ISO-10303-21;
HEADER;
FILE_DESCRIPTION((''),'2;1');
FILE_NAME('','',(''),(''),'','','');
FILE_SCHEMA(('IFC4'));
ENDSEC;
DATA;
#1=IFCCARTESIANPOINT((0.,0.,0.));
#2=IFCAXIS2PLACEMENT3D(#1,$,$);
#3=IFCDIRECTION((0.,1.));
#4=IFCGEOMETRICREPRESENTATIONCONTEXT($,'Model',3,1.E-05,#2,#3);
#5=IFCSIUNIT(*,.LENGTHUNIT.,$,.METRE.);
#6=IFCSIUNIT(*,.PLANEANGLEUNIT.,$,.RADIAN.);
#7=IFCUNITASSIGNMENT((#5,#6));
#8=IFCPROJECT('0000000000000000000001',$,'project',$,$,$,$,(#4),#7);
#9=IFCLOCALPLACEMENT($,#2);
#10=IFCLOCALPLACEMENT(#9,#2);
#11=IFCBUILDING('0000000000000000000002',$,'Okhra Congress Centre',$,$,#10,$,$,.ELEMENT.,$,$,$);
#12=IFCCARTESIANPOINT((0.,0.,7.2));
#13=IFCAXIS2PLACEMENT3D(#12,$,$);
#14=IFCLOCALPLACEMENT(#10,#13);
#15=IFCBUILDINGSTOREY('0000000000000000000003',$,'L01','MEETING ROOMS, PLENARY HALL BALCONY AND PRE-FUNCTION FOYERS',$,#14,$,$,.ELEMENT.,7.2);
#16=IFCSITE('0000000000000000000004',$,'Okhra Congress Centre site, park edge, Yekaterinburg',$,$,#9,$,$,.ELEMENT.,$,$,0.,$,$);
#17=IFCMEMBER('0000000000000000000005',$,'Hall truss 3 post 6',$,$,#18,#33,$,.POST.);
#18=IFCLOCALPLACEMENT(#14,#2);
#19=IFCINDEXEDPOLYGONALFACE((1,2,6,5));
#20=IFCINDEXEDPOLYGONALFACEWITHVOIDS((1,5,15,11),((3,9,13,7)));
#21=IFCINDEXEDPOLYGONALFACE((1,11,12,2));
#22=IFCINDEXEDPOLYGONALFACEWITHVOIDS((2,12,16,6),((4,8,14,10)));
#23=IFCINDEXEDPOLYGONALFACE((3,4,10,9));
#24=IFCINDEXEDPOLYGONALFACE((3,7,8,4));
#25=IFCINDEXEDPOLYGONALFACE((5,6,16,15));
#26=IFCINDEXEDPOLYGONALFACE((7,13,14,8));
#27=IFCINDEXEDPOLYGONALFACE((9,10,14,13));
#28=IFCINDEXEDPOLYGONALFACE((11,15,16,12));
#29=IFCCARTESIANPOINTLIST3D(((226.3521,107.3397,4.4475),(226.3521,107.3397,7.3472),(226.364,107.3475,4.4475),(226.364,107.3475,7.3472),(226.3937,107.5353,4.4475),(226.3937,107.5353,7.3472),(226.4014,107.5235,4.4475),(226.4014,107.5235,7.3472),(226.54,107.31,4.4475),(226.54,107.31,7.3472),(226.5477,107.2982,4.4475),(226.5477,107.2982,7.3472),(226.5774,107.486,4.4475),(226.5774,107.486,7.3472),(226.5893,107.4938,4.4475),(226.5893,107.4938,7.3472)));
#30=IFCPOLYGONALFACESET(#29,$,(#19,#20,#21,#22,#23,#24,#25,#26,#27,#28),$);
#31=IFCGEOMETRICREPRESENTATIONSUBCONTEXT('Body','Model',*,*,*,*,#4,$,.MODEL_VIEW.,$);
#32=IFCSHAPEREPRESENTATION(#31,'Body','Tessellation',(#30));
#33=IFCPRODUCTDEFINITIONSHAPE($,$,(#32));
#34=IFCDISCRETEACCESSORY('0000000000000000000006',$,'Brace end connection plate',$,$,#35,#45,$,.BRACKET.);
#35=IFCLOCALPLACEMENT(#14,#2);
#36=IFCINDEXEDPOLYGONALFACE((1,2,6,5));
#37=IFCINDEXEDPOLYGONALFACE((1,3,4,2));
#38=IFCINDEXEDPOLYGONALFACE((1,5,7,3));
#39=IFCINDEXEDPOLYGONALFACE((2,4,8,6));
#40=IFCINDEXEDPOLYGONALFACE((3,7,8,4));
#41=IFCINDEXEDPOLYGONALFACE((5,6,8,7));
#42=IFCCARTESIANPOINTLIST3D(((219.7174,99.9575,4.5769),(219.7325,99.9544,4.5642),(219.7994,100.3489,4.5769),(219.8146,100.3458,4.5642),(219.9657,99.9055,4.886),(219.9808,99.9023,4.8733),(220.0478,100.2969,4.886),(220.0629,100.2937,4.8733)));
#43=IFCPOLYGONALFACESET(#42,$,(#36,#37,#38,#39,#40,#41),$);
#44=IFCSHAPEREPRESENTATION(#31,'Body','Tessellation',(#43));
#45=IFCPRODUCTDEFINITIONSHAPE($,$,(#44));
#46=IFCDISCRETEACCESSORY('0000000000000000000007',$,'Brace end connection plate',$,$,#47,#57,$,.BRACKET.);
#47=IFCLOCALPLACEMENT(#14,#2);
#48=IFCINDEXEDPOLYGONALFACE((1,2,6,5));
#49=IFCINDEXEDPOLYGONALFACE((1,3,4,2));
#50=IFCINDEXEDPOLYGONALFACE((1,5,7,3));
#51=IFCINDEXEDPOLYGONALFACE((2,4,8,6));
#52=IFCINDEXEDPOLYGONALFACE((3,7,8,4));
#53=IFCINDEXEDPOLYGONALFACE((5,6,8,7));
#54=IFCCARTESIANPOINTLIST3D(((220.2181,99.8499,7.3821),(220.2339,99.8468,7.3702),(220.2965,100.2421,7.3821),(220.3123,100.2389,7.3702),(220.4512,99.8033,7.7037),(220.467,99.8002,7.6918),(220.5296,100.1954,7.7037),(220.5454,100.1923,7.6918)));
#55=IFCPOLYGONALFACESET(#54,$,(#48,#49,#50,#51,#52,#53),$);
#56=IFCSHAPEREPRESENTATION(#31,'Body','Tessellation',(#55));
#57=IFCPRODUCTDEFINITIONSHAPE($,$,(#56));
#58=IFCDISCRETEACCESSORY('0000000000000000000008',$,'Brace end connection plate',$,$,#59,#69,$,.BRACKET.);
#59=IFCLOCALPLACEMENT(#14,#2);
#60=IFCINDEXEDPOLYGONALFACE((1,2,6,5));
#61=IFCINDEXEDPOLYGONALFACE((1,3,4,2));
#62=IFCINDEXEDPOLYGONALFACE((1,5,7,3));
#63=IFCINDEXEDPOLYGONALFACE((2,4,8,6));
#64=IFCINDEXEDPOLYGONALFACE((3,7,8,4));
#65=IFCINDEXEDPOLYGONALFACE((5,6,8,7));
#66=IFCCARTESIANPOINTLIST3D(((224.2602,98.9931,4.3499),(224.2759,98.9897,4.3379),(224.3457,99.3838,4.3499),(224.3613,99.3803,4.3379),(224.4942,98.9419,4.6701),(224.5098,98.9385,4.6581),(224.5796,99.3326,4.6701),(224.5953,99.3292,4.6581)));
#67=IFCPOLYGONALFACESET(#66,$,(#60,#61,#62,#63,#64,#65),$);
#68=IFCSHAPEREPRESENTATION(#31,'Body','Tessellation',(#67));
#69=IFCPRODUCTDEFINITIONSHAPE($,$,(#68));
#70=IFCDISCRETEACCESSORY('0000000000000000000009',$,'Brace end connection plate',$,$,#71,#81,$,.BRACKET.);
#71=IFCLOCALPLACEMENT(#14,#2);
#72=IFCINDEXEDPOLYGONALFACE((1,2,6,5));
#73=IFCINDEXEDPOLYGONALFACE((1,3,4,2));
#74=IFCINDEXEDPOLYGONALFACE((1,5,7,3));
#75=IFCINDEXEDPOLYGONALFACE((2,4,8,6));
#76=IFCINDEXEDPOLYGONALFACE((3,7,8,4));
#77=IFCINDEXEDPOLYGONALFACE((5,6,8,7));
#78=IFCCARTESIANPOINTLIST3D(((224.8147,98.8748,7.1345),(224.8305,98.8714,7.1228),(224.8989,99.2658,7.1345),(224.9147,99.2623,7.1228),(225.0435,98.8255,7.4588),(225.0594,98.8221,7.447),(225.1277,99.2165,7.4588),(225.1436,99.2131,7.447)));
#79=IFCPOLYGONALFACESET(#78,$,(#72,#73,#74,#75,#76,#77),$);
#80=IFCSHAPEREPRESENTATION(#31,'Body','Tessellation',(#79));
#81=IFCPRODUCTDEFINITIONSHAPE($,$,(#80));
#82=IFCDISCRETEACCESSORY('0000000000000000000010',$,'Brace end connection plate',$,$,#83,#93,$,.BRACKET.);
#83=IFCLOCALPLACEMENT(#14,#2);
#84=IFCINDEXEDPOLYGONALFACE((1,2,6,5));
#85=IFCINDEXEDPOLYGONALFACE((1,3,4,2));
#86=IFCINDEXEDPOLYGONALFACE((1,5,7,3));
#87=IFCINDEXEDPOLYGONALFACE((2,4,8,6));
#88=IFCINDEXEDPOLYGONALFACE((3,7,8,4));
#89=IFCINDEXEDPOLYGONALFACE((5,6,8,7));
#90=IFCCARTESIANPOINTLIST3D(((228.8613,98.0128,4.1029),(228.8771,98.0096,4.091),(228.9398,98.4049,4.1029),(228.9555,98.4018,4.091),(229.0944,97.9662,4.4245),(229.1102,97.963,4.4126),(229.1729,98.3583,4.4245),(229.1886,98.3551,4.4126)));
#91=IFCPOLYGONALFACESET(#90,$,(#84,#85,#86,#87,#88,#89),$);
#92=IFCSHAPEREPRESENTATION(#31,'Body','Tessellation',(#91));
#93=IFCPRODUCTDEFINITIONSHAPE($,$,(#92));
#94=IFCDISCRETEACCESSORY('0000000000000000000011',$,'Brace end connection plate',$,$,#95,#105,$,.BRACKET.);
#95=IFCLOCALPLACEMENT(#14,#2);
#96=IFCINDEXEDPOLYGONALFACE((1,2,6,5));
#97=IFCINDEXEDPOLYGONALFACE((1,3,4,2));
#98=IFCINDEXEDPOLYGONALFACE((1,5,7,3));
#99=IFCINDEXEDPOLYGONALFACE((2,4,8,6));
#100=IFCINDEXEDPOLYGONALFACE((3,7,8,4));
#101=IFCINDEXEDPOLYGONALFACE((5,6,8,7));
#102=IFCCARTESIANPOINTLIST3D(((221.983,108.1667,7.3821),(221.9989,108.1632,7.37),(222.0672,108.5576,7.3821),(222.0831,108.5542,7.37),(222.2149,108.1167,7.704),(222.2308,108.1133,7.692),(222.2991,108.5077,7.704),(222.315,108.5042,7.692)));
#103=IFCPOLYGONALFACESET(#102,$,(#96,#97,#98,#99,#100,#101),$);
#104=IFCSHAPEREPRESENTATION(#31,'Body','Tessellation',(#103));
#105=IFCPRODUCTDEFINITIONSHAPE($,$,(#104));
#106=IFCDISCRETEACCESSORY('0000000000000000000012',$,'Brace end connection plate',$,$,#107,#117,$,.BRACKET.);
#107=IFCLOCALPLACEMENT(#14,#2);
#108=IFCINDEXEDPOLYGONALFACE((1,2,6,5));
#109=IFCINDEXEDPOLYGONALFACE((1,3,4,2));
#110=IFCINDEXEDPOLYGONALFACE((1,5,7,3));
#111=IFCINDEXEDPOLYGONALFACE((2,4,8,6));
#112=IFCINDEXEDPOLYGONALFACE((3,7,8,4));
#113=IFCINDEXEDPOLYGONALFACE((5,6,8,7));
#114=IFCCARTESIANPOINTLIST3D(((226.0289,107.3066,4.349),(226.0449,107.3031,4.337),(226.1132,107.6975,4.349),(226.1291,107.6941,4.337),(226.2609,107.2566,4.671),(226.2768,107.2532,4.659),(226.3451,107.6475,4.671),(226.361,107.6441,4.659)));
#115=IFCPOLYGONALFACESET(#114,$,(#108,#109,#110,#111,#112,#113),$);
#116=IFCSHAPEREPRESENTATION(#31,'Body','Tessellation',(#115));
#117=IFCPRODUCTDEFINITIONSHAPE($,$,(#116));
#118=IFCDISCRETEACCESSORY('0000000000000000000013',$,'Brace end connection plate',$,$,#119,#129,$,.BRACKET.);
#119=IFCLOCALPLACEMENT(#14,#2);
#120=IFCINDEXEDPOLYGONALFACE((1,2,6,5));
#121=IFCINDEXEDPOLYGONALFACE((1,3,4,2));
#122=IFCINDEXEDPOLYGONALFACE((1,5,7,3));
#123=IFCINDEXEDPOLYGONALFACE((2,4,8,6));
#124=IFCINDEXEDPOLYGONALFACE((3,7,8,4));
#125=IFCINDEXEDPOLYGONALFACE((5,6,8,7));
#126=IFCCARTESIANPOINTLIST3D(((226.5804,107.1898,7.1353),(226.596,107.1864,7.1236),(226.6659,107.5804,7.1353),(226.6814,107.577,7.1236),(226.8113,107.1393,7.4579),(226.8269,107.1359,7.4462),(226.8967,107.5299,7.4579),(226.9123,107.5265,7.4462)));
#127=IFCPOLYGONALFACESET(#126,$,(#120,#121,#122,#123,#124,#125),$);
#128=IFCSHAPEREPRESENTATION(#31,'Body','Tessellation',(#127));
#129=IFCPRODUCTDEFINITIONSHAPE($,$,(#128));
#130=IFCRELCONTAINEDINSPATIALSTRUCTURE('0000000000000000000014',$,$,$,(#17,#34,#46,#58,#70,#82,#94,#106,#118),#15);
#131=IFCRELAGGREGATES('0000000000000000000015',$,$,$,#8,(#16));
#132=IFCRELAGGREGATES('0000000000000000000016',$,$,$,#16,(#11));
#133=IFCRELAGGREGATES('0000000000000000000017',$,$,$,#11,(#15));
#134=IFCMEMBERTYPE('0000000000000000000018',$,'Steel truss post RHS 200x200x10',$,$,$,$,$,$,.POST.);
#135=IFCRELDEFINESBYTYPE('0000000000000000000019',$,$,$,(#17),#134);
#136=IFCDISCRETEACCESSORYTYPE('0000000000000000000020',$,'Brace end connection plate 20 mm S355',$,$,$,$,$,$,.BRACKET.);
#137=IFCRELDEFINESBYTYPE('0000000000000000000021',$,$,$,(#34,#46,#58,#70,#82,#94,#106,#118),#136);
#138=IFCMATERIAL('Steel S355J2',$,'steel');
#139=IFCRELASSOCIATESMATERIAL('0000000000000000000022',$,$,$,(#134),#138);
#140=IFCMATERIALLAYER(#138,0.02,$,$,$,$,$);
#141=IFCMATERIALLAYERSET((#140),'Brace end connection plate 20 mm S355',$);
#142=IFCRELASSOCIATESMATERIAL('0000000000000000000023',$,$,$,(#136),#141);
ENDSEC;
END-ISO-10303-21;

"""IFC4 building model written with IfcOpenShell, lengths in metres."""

from ifc_helpers import new_model, si_unit, direction, frame, origin, origin_2d, place, context, subcontext, project, spatial, rectangle, hollow_rectangle, extrude, material, layer, layer_set, material_profile, profile_set, type_object, element, save


model = new_model("IFC4")

# Units and contexts
model_context = context("Model", 3, precision=1e-05, world=origin(), true_north=direction((0.0, 1.0)))
body_context = subcontext(model_context, "Body", "Model", "MODEL_VIEW")
ifc_project = project(units=[si_unit("LENGTHUNIT", "METRE"), si_unit("PLANEANGLEUNIT", "RADIAN")], contexts=[model_context])

# Site, building, storey
site_placement = place(None, origin())
site = spatial("IfcSite", under=ifc_project, at=site_placement, Name="Okhra Congress Centre site, park edge, Yekaterinburg", CompositionType="ELEMENT", RefElevation=0.0)
building_placement = place(site_placement, origin())
building = spatial("IfcBuilding", under=site, at=building_placement, Name="Okhra Congress Centre", CompositionType="ELEMENT")
storey_placement = place(building_placement, frame((0.0, 0.0, 7.2)))
storey = spatial("IfcBuildingStorey", under=building, at=storey_placement, Name="L01", Description="MEETING ROOMS, PLENARY HALL BALCONY AND PRE-FUNCTION FOYERS", CompositionType="ELEMENT", Elevation=7.2)

# Member
ifc_material = material(Name="Steel S355J2", Category="steel")
ifc_material_profile_1 = material_profile(ifc_material, hollow_rectangle(XDim=0.2, YDim=0.2, WallThickness=0.01, at=origin_2d()), Name="RHS 200x200x10")
ifc_profile_set_1 = profile_set([ifc_material_profile_1], Name="Steel S355J2")
member_type_1 = type_object("IfcMemberType", Name="Steel truss post RHS 200x200x10", PredefinedType="POST", material=ifc_profile_set_1)
for number, where, z_axis, x_axis, name in (
    (1, (226.4707, 107.4167, 4.4475), (0.0, 0.0, 1.0), (0.978148, -0.207912, 0.0), "Hall truss 3 post 6"),
):
    element("IfcMember", number, at=place(storey_placement, frame(where, z_axis=z_axis, x_axis=x_axis)), inside=storey, type_object=member_type_1, Name=name, PredefinedType="POST", context=body_context, shape_type="SweptSolid", body=[
        extrude(hollow_rectangle(XDim=0.2, YDim=0.2, WallThickness=0.01, at=origin_2d()), origin(), (0.0, 0.0, 1.0), 2.8997),
    ])

# Discrete accessories
ifc_layer = layer(ifc_material, 0.02)
ifc_layer_set = layer_set([ifc_layer], Name="Brace end connection plate 20 mm S355")
discrete_accessory_type = type_object("IfcDiscreteAccessoryType", Name="Brace end connection plate 20 mm S355", PredefinedType="BRACKET", material=ifc_layer_set)
for number, where, z_axis, x_axis, name in (
    (2, (219.8826, 100.1272, 4.7314), (0.756491, -0.158619, -0.634477), (0.205215, 0.978717, 0.0), "Brace end connection plate"),
    (3, (220.3896, 100.0195, 7.531), (-0.788531, 0.157706, 0.594431), (-0.196116, -0.980581, 0.0), "Brace end connection plate"),
    (4, (224.4199, 99.1628, 4.51), (0.782293, -0.171127, -0.598943), (0.213697, 0.9769, 0.0), "Brace end connection plate"),
    (5, (224.9871, 99.0422, 7.2849), (-0.792624, 0.170719, 0.585322), (-0.210556, -0.977582, 0.0), "Brace end connection plate"),
    (6, (229.0171, 98.1855, 4.2637), (0.788531, -0.157706, -0.594431), (0.196116, 0.980581, 0.0), "Brace end connection plate"),
):
    element("IfcDiscreteAccessory", number, at=place(storey_placement, frame(where, z_axis=z_axis, x_axis=x_axis)), inside=storey, type_object=discrete_accessory_type, Name=name, PredefinedType="BRACKET", context=body_context, shape_type="SweptSolid", body=[
        extrude(rectangle(XDim=0.3999, YDim=0.3999, at=origin_2d()), origin(), (0.0, 0.0, 1.0), 0.02),
    ])
for number, where, z_axis, x_axis, name in (
    (7, (222.157, 108.3337, 7.531), (-0.786969, 0.169501, 0.593253), (-0.210556, -0.977582, 0.0), "Brace end connection plate"),
    (8, (226.187, 107.4771, 4.51), (0.786969, -0.169501, -0.593253), (0.210556, 0.977582, 0.0), "Brace end connection plate"),
):
    element("IfcDiscreteAccessory", number, at=place(storey_placement, frame(where, z_axis=z_axis, x_axis=x_axis)), inside=storey, type_object=discrete_accessory_type, Name=name, PredefinedType="BRACKET", context=body_context, shape_type="SweptSolid", body=[
        extrude(rectangle(XDim=0.3999, YDim=0.3999, at=origin_2d()), origin(), (0.0, 0.0, 1.0), 0.0203),
    ])
discrete_accessory_placement = place(storey_placement, frame((226.7542, 107.3564, 7.2849), z_axis=(-0.788024, 0.17238, 0.591018), x_axis=(-0.213697, -0.9769, 0.0)))
element("IfcDiscreteAccessory", 9, at=discrete_accessory_placement, inside=storey, type_object=discrete_accessory_type, Name="Brace end connection plate", PredefinedType="BRACKET", context=body_context, shape_type="SweptSolid", body=[
    extrude(rectangle(XDim=0.3999, YDim=0.3999, at=origin_2d()), origin(), (0.0, 0.0, 1.0), 0.0198),
])

save(model, "model.ifc")
